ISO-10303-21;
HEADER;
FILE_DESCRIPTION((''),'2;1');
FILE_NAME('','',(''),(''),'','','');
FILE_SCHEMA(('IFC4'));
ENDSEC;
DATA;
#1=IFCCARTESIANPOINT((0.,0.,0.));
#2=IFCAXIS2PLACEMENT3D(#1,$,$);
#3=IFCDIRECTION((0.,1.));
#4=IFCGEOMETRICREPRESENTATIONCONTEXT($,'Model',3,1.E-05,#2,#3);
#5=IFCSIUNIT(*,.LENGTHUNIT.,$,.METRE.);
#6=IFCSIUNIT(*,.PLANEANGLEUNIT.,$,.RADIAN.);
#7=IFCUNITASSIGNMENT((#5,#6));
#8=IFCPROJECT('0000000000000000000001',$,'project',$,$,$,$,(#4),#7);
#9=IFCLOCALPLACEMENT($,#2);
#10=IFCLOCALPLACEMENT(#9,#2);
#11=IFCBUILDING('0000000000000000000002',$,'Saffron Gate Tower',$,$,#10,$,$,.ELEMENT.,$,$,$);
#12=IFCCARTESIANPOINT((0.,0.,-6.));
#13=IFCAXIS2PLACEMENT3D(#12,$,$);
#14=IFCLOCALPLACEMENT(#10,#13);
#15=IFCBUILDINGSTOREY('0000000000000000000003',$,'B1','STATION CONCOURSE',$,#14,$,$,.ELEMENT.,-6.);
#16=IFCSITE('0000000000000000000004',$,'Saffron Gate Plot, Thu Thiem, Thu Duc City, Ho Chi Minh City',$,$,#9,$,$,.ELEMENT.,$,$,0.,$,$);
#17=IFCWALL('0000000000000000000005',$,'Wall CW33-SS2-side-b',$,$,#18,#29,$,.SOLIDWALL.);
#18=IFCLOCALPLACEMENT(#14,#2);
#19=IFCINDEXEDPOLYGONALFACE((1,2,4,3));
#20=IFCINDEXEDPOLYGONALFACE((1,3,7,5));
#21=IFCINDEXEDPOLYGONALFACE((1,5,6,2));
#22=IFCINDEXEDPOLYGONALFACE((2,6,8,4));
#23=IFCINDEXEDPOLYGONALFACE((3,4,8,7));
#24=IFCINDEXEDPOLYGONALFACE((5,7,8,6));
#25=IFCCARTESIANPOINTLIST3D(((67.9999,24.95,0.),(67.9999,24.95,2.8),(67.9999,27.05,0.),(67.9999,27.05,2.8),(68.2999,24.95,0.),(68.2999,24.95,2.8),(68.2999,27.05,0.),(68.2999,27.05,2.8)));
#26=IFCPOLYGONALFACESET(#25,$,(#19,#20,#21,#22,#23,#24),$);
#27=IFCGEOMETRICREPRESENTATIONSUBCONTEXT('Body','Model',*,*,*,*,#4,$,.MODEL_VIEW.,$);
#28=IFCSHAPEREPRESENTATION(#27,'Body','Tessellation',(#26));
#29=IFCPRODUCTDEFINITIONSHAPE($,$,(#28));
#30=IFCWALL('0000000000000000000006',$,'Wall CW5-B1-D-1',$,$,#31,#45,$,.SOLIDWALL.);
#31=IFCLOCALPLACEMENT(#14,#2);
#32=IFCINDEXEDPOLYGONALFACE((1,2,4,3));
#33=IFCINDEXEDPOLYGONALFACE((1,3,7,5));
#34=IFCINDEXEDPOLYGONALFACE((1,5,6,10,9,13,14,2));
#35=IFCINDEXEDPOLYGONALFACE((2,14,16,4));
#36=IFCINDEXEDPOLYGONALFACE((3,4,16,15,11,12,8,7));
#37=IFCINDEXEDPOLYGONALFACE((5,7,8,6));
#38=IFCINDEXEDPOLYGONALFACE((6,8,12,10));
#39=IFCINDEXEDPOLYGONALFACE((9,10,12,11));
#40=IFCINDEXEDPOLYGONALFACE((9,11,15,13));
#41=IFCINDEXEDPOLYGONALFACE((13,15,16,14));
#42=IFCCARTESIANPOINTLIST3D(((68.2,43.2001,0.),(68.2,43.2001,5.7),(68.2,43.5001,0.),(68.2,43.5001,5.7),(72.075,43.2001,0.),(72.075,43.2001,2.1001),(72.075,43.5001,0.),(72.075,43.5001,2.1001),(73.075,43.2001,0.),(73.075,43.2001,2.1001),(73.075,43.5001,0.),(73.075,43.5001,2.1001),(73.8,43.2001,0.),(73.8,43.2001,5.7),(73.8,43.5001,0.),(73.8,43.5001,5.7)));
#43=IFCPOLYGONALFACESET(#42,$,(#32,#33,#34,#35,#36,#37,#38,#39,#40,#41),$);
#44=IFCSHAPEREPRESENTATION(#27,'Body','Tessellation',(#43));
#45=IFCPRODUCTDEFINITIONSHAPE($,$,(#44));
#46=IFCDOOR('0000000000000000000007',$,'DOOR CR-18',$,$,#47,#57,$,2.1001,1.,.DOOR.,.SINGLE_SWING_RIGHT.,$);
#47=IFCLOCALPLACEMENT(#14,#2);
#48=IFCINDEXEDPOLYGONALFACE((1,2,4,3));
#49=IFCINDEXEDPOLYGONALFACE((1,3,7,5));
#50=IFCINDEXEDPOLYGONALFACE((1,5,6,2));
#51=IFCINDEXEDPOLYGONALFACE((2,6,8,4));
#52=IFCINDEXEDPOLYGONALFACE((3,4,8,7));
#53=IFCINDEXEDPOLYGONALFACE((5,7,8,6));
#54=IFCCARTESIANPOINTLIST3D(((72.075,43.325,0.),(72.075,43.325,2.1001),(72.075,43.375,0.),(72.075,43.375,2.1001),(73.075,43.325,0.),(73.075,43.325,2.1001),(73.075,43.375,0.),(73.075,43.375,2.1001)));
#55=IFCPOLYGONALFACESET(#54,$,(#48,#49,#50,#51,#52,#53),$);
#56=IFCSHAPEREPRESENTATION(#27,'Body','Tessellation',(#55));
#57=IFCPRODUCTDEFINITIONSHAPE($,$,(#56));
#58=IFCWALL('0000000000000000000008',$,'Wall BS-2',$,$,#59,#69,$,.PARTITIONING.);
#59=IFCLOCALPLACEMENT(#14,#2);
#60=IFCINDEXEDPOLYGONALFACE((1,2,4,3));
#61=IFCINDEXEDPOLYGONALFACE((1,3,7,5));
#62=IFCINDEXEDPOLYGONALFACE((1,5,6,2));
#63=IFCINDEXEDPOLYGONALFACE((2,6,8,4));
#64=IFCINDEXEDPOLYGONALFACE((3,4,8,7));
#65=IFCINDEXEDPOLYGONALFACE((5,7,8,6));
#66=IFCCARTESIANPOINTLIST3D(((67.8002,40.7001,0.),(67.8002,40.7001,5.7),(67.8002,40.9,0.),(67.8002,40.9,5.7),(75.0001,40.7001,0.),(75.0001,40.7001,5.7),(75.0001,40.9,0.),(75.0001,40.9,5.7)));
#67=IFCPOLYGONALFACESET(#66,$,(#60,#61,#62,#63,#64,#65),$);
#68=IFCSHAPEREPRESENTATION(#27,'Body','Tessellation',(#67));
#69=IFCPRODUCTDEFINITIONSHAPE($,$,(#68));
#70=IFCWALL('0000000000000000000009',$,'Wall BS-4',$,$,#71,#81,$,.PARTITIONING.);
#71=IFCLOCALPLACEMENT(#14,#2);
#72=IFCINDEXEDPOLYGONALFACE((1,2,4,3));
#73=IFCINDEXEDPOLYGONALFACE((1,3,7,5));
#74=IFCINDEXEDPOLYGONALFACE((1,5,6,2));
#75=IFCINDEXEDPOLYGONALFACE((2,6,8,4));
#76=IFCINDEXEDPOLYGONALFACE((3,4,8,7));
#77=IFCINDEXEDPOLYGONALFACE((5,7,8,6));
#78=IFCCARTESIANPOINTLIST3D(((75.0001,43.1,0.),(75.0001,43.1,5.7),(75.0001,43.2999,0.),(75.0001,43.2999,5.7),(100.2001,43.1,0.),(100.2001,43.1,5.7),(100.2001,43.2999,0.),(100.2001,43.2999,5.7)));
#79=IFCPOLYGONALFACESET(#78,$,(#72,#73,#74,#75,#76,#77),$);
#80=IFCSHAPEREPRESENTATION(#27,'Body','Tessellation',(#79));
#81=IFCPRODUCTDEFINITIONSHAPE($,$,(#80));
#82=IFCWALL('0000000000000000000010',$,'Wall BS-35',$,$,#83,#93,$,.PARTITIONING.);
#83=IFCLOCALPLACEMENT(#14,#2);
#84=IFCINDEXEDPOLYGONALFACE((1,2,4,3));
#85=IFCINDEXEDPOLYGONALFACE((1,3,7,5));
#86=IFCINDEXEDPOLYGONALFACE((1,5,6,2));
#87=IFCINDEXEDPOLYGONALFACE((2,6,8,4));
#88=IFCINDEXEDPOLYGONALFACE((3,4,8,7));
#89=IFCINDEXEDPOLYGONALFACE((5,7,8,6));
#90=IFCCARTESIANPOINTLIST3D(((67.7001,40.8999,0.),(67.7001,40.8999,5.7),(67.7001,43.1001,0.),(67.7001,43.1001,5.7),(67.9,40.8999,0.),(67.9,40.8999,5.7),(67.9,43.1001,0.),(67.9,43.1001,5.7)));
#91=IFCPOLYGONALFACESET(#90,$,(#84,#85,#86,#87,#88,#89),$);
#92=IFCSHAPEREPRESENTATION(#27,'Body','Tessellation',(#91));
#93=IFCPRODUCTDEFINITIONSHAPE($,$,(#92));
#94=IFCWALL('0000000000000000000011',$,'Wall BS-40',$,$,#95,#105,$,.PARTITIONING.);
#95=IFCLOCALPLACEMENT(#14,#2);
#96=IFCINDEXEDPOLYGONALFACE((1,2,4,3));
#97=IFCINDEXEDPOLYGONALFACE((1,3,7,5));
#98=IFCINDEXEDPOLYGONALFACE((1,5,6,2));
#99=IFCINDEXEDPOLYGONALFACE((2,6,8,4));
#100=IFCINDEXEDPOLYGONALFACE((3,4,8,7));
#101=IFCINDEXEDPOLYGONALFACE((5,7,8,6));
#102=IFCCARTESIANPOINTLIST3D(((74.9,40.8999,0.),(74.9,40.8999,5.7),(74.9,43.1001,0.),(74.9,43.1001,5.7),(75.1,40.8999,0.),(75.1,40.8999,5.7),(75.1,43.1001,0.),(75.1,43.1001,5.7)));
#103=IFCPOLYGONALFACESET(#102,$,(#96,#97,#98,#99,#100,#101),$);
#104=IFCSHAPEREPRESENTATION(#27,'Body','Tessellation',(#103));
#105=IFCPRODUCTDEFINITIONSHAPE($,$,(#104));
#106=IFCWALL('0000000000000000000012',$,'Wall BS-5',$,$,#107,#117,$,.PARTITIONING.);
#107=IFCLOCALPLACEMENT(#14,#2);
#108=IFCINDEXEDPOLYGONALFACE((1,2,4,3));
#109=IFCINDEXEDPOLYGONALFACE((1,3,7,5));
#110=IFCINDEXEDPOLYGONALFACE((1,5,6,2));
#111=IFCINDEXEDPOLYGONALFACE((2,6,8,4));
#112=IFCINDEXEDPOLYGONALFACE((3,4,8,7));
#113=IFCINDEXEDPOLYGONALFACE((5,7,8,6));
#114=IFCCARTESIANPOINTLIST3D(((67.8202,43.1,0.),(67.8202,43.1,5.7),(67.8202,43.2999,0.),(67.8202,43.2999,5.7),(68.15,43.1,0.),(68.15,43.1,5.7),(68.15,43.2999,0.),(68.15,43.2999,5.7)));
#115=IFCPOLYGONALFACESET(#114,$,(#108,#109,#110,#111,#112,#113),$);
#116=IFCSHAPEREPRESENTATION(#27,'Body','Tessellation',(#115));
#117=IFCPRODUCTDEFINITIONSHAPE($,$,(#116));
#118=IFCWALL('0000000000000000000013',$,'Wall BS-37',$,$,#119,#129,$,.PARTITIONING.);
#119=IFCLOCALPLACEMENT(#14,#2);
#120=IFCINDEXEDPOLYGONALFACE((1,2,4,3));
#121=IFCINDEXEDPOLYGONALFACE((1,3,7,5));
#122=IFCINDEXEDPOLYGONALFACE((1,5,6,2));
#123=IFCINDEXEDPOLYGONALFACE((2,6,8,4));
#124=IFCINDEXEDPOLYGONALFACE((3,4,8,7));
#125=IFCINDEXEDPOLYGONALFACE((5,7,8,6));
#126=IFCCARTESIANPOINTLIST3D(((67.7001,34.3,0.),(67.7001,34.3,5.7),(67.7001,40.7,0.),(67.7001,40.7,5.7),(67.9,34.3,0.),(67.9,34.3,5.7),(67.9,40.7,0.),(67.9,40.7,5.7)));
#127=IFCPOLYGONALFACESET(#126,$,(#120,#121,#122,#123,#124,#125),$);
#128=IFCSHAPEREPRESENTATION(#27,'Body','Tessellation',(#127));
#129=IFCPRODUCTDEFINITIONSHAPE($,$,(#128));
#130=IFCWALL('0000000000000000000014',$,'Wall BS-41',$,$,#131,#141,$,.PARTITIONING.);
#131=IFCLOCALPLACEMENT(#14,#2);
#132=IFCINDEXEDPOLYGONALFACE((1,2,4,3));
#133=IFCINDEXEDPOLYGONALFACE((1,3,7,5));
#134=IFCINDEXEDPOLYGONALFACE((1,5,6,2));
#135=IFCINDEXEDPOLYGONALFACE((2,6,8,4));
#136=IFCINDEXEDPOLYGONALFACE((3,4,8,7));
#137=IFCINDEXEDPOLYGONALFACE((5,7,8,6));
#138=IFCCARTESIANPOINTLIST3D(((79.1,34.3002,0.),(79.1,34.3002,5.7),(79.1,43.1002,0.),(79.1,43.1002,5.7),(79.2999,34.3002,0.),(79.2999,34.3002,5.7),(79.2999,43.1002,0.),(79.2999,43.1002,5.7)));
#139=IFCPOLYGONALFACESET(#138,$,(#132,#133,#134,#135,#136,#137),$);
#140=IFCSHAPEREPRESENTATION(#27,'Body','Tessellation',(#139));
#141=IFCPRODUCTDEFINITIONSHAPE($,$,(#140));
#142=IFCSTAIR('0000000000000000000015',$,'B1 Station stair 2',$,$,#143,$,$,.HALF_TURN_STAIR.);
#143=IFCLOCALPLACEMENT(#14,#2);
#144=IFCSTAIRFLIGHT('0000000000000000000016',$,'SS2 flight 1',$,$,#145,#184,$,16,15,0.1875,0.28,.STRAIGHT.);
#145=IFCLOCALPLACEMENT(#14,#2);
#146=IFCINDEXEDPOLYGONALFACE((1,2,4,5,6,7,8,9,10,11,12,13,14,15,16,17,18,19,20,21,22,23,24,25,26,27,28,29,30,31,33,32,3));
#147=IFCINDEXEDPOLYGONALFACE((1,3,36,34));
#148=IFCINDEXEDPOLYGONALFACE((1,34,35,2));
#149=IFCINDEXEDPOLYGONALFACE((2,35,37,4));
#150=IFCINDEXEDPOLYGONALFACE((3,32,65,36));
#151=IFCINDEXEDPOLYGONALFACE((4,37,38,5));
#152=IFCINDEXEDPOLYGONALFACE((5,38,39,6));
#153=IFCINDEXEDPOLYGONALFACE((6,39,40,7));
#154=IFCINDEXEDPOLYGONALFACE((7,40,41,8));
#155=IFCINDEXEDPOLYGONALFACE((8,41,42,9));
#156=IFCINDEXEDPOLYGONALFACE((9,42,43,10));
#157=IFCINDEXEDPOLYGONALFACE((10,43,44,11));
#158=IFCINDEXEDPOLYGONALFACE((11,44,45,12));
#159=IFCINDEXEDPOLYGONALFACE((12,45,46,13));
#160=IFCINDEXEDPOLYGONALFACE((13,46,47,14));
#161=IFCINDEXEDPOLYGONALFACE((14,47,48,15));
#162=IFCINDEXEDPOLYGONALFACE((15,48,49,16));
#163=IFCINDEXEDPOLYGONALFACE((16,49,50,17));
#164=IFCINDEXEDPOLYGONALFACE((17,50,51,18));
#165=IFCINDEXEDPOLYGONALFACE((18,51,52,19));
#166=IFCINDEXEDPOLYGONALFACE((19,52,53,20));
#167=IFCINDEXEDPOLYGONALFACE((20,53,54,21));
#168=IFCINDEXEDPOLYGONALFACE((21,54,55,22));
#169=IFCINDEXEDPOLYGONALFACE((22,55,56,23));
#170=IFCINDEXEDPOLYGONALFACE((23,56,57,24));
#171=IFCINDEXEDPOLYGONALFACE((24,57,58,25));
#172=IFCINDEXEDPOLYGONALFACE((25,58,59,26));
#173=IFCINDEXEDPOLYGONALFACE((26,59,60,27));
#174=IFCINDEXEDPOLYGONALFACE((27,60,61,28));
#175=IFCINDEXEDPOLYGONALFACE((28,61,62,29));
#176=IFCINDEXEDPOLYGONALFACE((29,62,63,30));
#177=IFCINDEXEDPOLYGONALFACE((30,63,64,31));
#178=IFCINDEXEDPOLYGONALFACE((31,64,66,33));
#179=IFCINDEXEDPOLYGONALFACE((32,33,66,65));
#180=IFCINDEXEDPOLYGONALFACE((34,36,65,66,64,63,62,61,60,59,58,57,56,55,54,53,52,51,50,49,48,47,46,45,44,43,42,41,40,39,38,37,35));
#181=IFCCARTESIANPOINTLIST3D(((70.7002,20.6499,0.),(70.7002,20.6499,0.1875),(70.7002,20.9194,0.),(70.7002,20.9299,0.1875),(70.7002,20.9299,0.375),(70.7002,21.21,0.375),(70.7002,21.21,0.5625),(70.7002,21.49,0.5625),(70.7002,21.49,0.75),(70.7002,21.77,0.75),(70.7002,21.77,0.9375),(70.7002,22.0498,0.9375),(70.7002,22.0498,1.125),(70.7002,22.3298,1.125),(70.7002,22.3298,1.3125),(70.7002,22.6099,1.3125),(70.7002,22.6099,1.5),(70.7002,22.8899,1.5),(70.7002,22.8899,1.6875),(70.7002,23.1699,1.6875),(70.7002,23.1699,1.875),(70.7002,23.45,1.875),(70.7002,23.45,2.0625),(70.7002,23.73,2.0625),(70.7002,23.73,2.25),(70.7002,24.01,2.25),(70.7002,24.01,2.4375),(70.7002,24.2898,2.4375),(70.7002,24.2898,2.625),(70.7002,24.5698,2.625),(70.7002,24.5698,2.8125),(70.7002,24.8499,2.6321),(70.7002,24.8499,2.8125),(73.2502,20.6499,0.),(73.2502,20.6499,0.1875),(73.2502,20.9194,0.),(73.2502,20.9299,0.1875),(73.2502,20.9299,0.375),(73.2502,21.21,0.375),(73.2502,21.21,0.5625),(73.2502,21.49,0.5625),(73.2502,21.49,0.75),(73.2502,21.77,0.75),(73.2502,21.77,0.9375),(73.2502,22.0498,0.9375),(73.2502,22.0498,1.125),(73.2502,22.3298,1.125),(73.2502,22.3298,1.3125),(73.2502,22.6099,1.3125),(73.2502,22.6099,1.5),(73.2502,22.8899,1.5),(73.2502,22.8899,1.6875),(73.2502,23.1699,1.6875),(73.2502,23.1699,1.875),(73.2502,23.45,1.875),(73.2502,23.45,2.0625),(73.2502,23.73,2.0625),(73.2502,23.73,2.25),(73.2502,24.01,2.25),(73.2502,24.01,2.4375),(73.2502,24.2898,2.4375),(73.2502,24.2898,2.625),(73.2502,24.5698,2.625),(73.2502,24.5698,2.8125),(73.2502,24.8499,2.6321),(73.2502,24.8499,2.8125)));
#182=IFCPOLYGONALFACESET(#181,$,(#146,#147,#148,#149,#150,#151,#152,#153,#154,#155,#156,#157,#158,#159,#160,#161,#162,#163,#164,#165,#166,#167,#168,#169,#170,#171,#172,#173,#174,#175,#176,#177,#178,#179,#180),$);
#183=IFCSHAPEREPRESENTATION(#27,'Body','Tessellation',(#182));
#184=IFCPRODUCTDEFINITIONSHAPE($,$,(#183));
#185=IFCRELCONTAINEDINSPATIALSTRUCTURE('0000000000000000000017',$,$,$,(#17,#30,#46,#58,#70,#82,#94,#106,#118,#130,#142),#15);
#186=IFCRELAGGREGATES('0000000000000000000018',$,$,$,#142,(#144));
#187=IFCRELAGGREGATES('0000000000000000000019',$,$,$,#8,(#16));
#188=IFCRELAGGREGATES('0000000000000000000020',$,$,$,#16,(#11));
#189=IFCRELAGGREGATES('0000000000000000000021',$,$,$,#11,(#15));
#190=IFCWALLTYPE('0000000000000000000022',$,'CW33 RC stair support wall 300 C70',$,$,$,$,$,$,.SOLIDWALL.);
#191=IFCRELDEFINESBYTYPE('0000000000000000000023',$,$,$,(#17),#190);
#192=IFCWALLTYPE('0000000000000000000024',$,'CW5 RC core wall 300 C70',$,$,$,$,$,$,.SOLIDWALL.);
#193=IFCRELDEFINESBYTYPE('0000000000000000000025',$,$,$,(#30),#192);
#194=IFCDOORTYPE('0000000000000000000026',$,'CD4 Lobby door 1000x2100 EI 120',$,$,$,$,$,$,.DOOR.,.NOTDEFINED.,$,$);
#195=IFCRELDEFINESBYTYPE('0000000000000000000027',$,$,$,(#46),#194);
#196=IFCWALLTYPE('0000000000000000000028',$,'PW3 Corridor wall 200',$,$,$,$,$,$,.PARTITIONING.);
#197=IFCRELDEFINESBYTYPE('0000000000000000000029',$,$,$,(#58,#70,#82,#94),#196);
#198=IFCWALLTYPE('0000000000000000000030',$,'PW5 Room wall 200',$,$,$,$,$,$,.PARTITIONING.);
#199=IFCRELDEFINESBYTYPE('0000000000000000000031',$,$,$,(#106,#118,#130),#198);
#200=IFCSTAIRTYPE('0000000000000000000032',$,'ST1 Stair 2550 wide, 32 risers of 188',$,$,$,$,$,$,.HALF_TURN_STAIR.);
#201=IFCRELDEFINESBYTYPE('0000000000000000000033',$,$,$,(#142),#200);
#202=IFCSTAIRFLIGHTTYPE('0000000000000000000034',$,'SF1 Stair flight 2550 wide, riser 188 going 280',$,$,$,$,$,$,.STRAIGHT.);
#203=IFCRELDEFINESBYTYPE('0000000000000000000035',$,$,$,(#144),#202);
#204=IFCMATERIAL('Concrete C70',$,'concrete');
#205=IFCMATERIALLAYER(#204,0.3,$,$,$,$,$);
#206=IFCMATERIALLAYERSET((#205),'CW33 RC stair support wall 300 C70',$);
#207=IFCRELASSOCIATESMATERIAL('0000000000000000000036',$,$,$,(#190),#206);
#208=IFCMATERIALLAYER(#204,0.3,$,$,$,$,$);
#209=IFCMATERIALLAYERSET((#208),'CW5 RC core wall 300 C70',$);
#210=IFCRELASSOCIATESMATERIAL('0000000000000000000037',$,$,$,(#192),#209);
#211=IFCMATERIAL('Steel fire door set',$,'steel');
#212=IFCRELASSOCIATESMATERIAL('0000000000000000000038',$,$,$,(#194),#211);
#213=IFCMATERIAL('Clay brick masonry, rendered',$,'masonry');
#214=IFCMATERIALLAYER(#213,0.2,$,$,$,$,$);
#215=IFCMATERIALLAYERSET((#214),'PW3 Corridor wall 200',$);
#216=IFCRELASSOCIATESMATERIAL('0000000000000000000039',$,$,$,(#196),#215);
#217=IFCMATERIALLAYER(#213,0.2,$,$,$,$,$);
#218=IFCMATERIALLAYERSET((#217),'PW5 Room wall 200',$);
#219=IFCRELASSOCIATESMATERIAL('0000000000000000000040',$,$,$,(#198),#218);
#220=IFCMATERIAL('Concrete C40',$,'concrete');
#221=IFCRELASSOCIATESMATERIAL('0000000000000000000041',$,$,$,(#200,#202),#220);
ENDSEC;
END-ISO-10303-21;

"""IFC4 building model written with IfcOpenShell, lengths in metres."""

from ifc_helpers import new_model, si_unit, direction, frame, frame_2d, origin, place, context, subcontext, project, spatial, polyline, rectangle, outline, extrude, material, layer, layer_set, type_object, element, fill, aggregate, save


model = new_model("IFC4")

# Units and contexts
model_context = context("Model", 3, precision=1e-05, world=origin(), true_north=direction((0.0, 1.0)))
body_context = subcontext(model_context, "Body", "Model", "MODEL_VIEW")
ifc_project = project(units=[si_unit("LENGTHUNIT", "METRE"), si_unit("PLANEANGLEUNIT", "RADIAN")], contexts=[model_context])

# Site, building, storey
site_placement = place(None, origin())
site = spatial("IfcSite", under=ifc_project, at=site_placement, Name="Saffron Gate Plot, Thu Thiem, Thu Duc City, Ho Chi Minh City", CompositionType="ELEMENT", RefElevation=0.0)
building_placement = place(site_placement, origin())
building = spatial("IfcBuilding", under=site, at=building_placement, Name="Saffron Gate Tower", CompositionType="ELEMENT")
storey_placement = place(building_placement, frame((0.0, 0.0, -6.0)))
storey = spatial("IfcBuildingStorey", under=building, at=storey_placement, Name="B1", Description="STATION CONCOURSE", CompositionType="ELEMENT", Elevation=-6.0)

# Shared definitions
ifc_material_1 = material(Name="Concrete C40", Category="concrete")

# Wall
ifc_material_2 = material(Name="Concrete C70", Category="concrete")
ifc_layer_1 = layer(ifc_material_2, 0.3)
ifc_layer_set_1 = layer_set([ifc_layer_1], Name="CW33 RC stair support wall 300 C70")
wall_type_1 = type_object("IfcWallType", Name="CW33 RC stair support wall 300 C70", PredefinedType="SOLIDWALL", material=ifc_layer_set_1)
for number, where, z_axis, x_axis, name in (
    (1, (68.1499, 24.95, 0.0), (0.0, 0.0, 1.0), (0.0, 1.0, 0.0), "Wall CW33-SS2-side-b"),
):
    element("IfcWall", number, at=place(storey_placement, frame(where, z_axis=z_axis, x_axis=x_axis)), inside=storey, type_object=wall_type_1, Name=name, PredefinedType="SOLIDWALL", context=body_context, shape_type="SweptSolid", body=[
        extrude(rectangle(XDim=2.1001, YDim=0.3, at=frame_2d((1.05, 0.0))), origin(), (0.0, 0.0, 1.0), 2.8),
    ])

# Wall, opening, door
ifc_layer_2 = layer(ifc_material_2, 0.3)
ifc_layer_set_2 = layer_set([ifc_layer_2], Name="CW5 RC core wall 300 C70")
wall_type_2 = type_object("IfcWallType", Name="CW5 RC core wall 300 C70", PredefinedType="SOLIDWALL", material=ifc_layer_set_2)
wall_1_placement = place(storey_placement, frame((68.2, 43.3501, 0.0), z_axis=(0.0, 0.0, 1.0), x_axis=(1.0, 0.0, 0.0)))
wall_1 = element("IfcWall", 2, at=wall_1_placement, inside=storey, type_object=wall_type_2, Name="Wall CW5-B1-D-1", PredefinedType="SOLIDWALL", context=body_context, shape_type="SweptSolid", body=[
    extrude(rectangle(XDim=5.6001, YDim=0.3, at=frame_2d((2.8, 0.0))), origin(), (0.0, 0.0, 1.0), 5.7),
])
opening_placement = place(wall_1_placement, frame((3.875, 0.0, 0.0)))
opening = element("IfcOpeningElement", 3, at=opening_placement, cuts=wall_1, PredefinedType="OPENING", context=body_context, shape_type="SweptSolid", body=[
    extrude(rectangle(XDim=1.0, YDim=2.1001, at=frame_2d((0.5, 1.05))), frame((0.0, 0.1602, 0.0), z_axis=(0.0, -1.0, 0.0), x_axis=(1.0, 0.0, 0.0)), (0.0, 0.0, 1.0), 0.3201),
])
ifc_material_3 = material(Name="Steel fire door set", Category="steel")
door_type = type_object("IfcDoorType", Name="CD4 Lobby door 1000x2100 EI 120", OperationType="NOTDEFINED", PredefinedType="DOOR", material=ifc_material_3)
door_placement = place(opening_placement, origin())
door = element("IfcDoor", 4, at=door_placement, inside=storey, type_object=door_type, Name="DOOR CR-18", OperationType="SINGLE_SWING_RIGHT", OverallHeight=2.1001, OverallWidth=1.0, PredefinedType="DOOR", context=body_context, shape_type="SweptSolid", body=[
    extrude(rectangle(XDim=1.0, YDim=2.1001, at=frame_2d((0.5, 1.05))), frame((0.0, 0.0249, 0.0), z_axis=(0.0, -1.0, 0.0), x_axis=(1.0, 0.0, 0.0)), (0.0, 0.0, 1.0), 0.05),
])
fill(opening, door)

# Walls
ifc_material_4 = material(Name="Clay brick masonry, rendered", Category="masonry")
ifc_layer_3 = layer(ifc_material_4, 0.2)
ifc_layer_set_3 = layer_set([ifc_layer_3], Name="PW3 Corridor wall 200")
wall_type_3 = type_object("IfcWallType", Name="PW3 Corridor wall 200", PredefinedType="PARTITIONING", material=ifc_layer_set_3)
wall_2_placement = place(storey_placement, frame((67.8, 40.8, 0.0), z_axis=(0.0, 0.0, 1.0), x_axis=(1.0, 0.0, 0.0)))
element("IfcWall", 5, at=wall_2_placement, inside=storey, type_object=wall_type_3, Name="Wall BS-2", PredefinedType="PARTITIONING", context=body_context, shape_type="SweptSolid", body=[
    extrude(rectangle(XDim=7.2, YDim=0.2, at=frame_2d((3.6001, 0.0))), origin(), (0.0, 0.0, 1.0), 5.7),
])
wall_3_placement = place(storey_placement, frame((75.0, 43.2, 0.0), z_axis=(0.0, 0.0, 1.0), x_axis=(1.0, 0.0, 0.0)))
element("IfcWall", 6, at=wall_3_placement, inside=storey, type_object=wall_type_3, Name="Wall BS-4", PredefinedType="PARTITIONING", context=body_context, shape_type="SweptSolid", body=[
    extrude(rectangle(XDim=25.2, YDim=0.2, at=frame_2d((12.6001, 0.0))), origin(), (0.0, 0.0, 1.0), 5.7),
])
for number, where, z_axis, x_axis, name in (
    (7, (67.8, 43.1001, 0.0), (0.0, 0.0, 1.0), (0.0, -1.0, 0.0), "Wall BS-35"),
    (8, (75.0, 43.1001, 0.0), (0.0, 0.0, 1.0), (0.0, -1.0, 0.0), "Wall BS-40"),
):
    element("IfcWall", number, at=place(storey_placement, frame(where, z_axis=z_axis, x_axis=x_axis)), inside=storey, type_object=wall_type_3, Name=name, PredefinedType="PARTITIONING", context=body_context, shape_type="SweptSolid", body=[
        extrude(rectangle(XDim=2.2002, YDim=0.2, at=frame_2d((1.1001, 0.0))), origin(), (0.0, 0.0, 1.0), 5.7),
    ])
ifc_layer_4 = layer(ifc_material_4, 0.2)
ifc_layer_set_4 = layer_set([ifc_layer_4], Name="PW5 Room wall 200")
wall_type_4 = type_object("IfcWallType", Name="PW5 Room wall 200", PredefinedType="PARTITIONING", material=ifc_layer_set_4)
wall_4_placement = place(storey_placement, frame((67.8201, 43.2, 0.0), z_axis=(0.0, 0.0, 1.0), x_axis=(1.0, 0.0, 0.0)))
element("IfcWall", 9, at=wall_4_placement, inside=storey, type_object=wall_type_4, Name="Wall BS-5", PredefinedType="PARTITIONING", context=body_context, shape_type="SweptSolid", body=[
    extrude(rectangle(XDim=0.3298, YDim=0.2, at=frame_2d((0.165, 0.0))), origin(), (0.0, 0.0, 1.0), 5.7),
])
wall_5_placement = place(storey_placement, frame((67.8, 40.7, 0.0), z_axis=(0.0, 0.0, 1.0), x_axis=(0.0, -1.0, 0.0)))
element("IfcWall", 10, at=wall_5_placement, inside=storey, type_object=wall_type_4, Name="Wall BS-37", PredefinedType="PARTITIONING", context=body_context, shape_type="SweptSolid", body=[
    extrude(rectangle(XDim=6.3999, YDim=0.2, at=frame_2d((3.2, 0.0))), origin(), (0.0, 0.0, 1.0), 5.7),
])
wall_6_placement = place(storey_placement, frame((79.2, 43.1001, 0.0), z_axis=(0.0, 0.0, 1.0), x_axis=(0.0, -1.0, 0.0)))
element("IfcWall", 11, at=wall_6_placement, inside=storey, type_object=wall_type_4, Name="Wall BS-41", PredefinedType="PARTITIONING", context=body_context, shape_type="SweptSolid", body=[
    extrude(rectangle(XDim=8.8, YDim=0.2, at=frame_2d((4.3999, 0.0))), origin(), (0.0, 0.0, 1.0), 5.7),
])

# Stair, stair flight
stair_type = type_object("IfcStairType", Name="ST1 Stair 2550 wide, 32 risers of 188", PredefinedType="HALF_TURN_STAIR", material=ifc_material_1)
stair_placement = place(storey_placement, origin())
stair = element("IfcStair", 12, at=stair_placement, inside=storey, type_object=stair_type, Name="B1 Station stair 2", PredefinedType="HALF_TURN_STAIR")
stair_flight_type = type_object("IfcStairFlightType", Name="SF1 Stair flight 2550 wide, riser 188 going 280", PredefinedType="STRAIGHT", material=ifc_material_1)
stair_flight_1_placement = place(storey_placement, frame((71.9751, 20.6499, 0.0), z_axis=(0.0, 0.0, 1.0), x_axis=(0.0, 1.0, 0.0)))
stair_flight_1 = element("IfcStairFlight", 13, at=stair_flight_1_placement, type_object=stair_flight_type, Name="SS2 flight 1", NumberOfRisers=16, NumberOfTreads=15, PredefinedType="STRAIGHT", RiserHeight=0.1875, TreadLength=0.28, context=body_context, shape_type="SweptSolid", body=[
    extrude(outline(polyline([(0.0, 0.0), (0.0, 0.1875), (0.28, 0.1875), (0.28, 0.375), (0.5601, 0.375), (0.5601, 0.5625), (0.8401, 0.5625), (0.8401, 0.75), (1.1201, 0.75), (1.1201, 0.9375), (1.3999, 0.9375), (1.3999, 1.125), (1.6799, 1.125), (1.6799, 1.3125), (1.96, 1.3125), (1.96, 1.5), (2.24, 1.5), (2.24, 1.6875), (2.52, 1.6875), (2.52, 1.875), (2.8, 1.875), (2.8, 2.0625), (3.0801, 2.0625), (3.0801, 2.25), (3.3601, 2.25), (3.3601, 2.4375), (3.6399, 2.4375), (3.6399, 2.625), (3.9199, 2.625), (3.9199, 2.8125), (4.2, 2.8125), (4.2, 3.0), (4.2, 2.6321), (0.2695, 0.0), (0.0, 0.0)])), frame((0.0, 1.2749, 0.0), z_axis=(0.0, -1.0, 0.0), x_axis=(1.0, 0.0, 0.0)), (0.0, 0.0, 1.0), 2.55),
])
aggregate(stair, [stair_flight_1])

save(model, "model.ifc")
